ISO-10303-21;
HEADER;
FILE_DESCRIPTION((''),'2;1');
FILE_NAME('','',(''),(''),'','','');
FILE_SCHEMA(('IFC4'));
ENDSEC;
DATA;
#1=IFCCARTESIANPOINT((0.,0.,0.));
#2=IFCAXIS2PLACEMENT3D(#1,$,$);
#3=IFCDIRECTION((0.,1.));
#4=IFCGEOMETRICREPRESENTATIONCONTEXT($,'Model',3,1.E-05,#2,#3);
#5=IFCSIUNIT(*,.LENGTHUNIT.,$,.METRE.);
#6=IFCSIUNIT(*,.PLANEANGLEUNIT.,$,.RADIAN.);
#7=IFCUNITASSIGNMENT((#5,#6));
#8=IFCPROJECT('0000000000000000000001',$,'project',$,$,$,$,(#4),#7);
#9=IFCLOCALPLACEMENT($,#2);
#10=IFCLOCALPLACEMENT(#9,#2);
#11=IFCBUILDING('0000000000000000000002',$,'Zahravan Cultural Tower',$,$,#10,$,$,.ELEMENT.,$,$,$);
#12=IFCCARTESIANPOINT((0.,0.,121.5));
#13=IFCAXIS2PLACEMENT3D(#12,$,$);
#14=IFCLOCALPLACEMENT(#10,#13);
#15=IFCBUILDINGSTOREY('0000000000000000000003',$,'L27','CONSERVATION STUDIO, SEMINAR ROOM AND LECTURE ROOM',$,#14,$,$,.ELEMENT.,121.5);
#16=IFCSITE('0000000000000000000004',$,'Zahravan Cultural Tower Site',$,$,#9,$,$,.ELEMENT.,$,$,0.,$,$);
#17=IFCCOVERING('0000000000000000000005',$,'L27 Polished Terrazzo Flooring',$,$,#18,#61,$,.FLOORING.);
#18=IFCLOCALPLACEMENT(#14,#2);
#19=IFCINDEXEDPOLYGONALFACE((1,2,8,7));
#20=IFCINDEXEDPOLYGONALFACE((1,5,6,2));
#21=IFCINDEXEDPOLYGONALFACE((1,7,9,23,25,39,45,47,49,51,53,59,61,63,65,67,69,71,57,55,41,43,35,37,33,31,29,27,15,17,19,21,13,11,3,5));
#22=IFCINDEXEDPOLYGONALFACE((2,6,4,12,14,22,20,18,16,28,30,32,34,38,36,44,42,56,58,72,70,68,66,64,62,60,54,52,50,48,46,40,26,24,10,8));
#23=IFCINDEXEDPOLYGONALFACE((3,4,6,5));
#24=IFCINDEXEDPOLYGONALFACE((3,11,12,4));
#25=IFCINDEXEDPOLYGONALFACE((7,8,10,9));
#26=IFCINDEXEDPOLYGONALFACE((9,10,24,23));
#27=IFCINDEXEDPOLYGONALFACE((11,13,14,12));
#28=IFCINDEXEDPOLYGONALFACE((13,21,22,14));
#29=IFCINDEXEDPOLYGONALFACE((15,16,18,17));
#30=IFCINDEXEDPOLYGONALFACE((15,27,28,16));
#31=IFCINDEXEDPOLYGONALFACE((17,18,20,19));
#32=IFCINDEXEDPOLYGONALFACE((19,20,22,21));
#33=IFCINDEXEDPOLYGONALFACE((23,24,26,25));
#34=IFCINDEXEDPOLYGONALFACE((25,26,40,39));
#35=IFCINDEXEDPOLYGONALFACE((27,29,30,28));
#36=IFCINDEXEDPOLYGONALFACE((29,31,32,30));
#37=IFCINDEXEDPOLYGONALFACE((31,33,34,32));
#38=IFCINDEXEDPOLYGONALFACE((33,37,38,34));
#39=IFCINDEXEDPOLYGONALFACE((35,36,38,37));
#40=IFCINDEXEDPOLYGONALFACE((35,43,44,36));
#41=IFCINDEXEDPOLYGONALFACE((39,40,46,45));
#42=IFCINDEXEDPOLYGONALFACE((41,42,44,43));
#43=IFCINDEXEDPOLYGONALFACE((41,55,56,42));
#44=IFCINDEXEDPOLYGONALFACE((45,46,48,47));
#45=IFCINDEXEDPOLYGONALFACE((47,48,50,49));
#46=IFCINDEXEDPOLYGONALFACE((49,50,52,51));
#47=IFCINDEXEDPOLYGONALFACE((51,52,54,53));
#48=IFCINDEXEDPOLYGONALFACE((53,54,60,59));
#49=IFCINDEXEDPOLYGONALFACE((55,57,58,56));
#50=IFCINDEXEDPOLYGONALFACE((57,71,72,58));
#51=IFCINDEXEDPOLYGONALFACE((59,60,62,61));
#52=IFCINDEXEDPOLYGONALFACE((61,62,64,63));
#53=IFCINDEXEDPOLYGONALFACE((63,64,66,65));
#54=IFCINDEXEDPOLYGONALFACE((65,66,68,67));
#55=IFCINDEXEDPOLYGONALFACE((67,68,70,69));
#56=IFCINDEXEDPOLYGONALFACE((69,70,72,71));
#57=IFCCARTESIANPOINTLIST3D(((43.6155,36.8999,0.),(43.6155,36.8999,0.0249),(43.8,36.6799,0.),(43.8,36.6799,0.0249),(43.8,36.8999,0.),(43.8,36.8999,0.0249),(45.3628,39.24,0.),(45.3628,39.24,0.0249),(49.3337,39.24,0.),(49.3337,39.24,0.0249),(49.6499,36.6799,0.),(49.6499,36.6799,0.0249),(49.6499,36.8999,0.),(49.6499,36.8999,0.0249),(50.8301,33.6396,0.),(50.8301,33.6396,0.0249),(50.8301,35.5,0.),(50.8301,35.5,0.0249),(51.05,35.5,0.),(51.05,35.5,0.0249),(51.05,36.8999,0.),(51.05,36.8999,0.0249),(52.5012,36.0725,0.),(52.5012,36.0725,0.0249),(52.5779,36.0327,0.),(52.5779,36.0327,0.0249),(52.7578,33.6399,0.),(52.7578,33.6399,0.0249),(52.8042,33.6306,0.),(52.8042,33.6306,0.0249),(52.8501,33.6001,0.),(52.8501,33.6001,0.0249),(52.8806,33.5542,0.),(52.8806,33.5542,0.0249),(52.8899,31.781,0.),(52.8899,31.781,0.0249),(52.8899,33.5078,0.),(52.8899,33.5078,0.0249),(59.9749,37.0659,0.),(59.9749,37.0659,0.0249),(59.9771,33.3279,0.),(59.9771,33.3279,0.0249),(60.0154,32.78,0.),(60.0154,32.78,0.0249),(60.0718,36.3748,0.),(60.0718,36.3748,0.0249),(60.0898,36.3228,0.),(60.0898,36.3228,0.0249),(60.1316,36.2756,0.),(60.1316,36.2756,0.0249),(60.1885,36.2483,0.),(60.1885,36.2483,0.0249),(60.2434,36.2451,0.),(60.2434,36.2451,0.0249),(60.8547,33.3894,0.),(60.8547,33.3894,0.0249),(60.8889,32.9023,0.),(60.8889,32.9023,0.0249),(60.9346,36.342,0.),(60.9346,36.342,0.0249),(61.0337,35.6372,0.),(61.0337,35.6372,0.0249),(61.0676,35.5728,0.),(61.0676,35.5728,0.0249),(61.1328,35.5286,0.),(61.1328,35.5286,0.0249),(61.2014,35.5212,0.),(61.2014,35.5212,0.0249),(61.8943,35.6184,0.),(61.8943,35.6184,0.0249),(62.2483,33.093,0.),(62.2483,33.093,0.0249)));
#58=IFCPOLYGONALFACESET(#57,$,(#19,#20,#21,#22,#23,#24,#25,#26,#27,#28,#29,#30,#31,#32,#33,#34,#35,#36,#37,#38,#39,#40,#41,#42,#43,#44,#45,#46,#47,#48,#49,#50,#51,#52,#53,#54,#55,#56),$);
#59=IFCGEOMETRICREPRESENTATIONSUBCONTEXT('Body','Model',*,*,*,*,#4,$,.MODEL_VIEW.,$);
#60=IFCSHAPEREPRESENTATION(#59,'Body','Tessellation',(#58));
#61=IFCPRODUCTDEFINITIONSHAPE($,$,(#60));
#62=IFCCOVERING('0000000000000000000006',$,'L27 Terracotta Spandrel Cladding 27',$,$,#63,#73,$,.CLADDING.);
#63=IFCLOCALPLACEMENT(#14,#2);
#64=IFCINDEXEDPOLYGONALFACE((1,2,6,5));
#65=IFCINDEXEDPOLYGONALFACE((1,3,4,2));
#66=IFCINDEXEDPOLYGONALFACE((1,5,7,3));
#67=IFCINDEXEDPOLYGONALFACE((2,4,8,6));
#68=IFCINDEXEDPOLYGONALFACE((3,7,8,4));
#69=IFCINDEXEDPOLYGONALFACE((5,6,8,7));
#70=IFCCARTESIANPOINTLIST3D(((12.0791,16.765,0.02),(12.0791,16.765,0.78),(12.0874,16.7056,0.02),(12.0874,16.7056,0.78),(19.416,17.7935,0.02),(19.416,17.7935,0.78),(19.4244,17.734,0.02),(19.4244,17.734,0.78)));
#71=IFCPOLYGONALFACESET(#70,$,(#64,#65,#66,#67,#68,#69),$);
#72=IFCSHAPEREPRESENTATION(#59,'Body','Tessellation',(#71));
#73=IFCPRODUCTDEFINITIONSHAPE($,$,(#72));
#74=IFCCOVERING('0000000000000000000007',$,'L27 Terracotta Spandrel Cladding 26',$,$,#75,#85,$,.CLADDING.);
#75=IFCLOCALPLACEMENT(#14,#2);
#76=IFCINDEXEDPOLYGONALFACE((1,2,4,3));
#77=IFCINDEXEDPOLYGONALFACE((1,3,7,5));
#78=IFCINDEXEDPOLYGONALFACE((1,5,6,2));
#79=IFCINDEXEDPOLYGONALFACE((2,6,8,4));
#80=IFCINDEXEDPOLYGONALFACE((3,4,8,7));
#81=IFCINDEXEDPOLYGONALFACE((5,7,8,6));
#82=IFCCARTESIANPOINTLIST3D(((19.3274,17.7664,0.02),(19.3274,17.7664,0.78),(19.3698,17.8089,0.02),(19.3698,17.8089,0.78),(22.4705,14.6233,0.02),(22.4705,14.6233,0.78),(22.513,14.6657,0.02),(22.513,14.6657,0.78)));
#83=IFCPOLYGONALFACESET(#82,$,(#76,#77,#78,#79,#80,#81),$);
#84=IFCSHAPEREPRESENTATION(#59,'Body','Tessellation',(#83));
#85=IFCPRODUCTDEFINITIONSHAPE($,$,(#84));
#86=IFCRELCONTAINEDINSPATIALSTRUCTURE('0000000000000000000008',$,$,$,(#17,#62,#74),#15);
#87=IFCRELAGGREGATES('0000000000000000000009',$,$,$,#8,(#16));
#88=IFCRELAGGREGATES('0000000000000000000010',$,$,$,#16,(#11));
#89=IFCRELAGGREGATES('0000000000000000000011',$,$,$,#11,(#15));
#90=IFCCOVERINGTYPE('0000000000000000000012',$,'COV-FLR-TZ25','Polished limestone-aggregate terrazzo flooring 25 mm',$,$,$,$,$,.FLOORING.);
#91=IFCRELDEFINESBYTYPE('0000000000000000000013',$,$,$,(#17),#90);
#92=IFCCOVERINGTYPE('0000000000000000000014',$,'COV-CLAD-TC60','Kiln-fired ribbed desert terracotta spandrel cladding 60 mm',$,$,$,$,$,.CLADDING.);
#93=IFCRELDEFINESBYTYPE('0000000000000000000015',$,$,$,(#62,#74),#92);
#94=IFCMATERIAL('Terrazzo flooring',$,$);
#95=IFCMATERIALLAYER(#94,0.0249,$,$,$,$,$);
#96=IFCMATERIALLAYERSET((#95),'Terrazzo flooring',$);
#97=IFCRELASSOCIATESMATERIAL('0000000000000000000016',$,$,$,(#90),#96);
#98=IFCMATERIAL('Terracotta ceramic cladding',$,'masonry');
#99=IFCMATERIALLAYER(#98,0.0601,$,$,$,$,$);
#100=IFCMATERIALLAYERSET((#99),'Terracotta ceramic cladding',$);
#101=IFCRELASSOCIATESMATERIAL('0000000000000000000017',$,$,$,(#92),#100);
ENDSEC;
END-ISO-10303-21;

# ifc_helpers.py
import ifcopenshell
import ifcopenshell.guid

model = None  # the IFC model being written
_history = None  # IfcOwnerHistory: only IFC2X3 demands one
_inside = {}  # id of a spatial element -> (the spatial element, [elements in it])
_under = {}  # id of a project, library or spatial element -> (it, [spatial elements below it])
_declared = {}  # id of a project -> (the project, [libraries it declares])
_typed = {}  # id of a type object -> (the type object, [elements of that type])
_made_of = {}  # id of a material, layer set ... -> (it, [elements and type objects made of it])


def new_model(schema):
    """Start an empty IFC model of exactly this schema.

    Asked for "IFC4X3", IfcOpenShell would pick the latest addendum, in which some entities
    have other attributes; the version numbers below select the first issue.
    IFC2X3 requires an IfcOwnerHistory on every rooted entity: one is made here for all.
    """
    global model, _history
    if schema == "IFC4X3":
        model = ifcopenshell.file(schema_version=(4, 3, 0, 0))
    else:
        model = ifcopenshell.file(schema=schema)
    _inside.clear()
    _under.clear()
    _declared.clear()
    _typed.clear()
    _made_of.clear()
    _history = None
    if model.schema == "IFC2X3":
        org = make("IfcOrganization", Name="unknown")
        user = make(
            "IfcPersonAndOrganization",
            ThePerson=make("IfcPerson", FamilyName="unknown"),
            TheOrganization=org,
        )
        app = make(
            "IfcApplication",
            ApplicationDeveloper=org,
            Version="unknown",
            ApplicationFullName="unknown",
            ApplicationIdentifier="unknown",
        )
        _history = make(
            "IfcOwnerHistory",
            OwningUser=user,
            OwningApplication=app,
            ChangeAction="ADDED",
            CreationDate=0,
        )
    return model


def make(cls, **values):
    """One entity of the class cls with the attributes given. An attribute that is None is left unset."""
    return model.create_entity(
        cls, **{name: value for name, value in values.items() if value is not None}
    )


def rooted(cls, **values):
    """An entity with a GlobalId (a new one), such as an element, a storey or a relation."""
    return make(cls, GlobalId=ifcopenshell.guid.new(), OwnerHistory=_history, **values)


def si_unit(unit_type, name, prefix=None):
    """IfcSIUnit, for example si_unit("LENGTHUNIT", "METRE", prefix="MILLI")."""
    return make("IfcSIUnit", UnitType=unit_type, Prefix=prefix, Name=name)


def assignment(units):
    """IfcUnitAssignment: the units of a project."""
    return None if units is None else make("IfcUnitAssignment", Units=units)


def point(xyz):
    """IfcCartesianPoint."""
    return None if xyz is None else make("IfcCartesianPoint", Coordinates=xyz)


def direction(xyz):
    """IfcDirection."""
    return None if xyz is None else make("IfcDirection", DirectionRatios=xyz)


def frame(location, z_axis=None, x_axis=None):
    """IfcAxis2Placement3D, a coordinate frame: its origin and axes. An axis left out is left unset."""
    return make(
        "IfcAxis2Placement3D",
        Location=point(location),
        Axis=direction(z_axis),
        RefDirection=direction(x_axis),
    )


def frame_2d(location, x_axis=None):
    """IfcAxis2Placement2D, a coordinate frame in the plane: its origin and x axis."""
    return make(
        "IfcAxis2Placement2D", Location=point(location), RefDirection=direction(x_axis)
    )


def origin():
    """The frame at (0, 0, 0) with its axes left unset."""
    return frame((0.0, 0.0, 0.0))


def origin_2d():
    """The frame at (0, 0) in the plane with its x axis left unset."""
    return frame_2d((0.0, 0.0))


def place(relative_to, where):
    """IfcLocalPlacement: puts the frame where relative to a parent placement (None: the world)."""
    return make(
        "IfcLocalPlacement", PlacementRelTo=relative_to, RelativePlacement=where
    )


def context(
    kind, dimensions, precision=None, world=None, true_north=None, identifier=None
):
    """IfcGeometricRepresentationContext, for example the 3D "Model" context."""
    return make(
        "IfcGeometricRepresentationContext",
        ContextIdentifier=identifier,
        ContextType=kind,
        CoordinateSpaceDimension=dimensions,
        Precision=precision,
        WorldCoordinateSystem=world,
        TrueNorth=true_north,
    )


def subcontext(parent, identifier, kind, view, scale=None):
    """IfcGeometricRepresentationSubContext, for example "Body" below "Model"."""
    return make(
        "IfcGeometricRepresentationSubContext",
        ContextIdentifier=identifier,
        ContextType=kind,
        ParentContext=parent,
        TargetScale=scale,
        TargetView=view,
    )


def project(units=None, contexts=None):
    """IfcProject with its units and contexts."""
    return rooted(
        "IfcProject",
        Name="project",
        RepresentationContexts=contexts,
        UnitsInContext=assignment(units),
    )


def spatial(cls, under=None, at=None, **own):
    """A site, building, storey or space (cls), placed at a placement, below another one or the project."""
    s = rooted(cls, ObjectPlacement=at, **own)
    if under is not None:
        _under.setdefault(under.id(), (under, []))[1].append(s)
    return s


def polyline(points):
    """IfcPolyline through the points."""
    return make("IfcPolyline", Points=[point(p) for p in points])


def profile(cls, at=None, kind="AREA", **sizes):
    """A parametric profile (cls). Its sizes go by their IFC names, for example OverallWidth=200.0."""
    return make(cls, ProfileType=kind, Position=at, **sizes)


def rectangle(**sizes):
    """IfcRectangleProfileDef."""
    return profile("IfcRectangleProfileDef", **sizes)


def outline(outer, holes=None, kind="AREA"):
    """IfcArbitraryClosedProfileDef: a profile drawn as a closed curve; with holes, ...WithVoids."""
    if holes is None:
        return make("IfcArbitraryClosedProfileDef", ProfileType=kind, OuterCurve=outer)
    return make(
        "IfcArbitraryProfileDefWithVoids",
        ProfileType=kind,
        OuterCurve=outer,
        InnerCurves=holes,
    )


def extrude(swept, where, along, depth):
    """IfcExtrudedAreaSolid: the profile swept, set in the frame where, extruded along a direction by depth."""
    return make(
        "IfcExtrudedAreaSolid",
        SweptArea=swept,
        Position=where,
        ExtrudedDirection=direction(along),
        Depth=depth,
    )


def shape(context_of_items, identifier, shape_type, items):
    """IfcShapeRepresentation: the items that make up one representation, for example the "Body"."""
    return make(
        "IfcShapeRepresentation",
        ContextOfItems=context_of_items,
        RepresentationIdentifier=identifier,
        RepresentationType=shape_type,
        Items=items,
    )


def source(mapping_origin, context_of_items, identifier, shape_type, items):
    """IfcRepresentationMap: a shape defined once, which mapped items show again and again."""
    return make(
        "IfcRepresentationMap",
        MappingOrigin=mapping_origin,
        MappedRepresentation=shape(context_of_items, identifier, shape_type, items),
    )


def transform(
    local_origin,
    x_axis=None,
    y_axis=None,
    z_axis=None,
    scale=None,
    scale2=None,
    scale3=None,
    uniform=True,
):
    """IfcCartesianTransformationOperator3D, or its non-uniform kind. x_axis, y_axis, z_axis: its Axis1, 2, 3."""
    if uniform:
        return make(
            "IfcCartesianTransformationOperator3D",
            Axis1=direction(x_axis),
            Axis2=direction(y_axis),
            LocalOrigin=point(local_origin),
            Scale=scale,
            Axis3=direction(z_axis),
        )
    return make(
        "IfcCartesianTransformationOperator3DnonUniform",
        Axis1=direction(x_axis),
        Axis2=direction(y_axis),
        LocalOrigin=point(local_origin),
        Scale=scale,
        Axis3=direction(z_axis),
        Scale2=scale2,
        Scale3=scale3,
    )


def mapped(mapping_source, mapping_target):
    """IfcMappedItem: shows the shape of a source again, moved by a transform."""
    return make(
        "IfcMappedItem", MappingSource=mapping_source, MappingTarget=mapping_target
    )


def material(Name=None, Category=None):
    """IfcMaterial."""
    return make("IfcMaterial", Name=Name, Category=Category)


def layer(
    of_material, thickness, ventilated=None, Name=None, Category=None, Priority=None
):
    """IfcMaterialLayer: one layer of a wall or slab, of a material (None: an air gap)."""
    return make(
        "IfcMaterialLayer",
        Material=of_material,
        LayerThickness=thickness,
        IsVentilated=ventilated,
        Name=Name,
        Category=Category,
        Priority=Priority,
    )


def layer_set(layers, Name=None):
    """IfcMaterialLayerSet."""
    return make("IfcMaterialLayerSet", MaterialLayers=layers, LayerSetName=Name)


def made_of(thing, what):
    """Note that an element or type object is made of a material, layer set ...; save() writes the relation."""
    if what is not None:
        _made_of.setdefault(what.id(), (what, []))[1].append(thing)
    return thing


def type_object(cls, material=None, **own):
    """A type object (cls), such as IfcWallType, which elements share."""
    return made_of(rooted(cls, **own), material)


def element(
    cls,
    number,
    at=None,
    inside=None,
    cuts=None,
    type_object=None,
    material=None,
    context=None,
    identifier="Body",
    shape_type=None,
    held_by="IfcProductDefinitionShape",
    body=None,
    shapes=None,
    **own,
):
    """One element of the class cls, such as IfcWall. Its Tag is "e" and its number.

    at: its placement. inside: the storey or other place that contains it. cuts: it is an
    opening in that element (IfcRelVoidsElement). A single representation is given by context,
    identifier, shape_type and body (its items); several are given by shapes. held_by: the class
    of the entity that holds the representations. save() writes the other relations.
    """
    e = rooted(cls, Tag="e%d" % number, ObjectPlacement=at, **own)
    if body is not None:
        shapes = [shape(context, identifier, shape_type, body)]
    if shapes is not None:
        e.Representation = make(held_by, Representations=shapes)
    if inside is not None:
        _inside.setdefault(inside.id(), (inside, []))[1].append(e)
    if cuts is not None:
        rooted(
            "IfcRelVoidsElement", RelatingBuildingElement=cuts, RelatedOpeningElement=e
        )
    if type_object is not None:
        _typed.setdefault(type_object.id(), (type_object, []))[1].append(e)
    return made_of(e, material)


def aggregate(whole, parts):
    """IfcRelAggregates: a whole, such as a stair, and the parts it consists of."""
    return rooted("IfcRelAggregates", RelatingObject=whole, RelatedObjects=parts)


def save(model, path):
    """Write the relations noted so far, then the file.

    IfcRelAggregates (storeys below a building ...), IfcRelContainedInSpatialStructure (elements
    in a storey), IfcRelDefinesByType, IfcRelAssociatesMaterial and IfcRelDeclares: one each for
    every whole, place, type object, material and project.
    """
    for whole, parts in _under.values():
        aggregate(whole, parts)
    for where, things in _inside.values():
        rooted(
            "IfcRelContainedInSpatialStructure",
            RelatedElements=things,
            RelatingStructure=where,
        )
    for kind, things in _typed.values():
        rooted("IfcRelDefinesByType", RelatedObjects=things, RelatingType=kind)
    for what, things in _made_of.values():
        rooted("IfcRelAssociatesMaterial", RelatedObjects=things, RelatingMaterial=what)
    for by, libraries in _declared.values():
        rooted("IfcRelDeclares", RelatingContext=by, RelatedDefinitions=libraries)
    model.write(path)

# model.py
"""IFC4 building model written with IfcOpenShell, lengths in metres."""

from ifc_helpers import new_model, si_unit, direction, frame, origin, origin_2d, place, context, subcontext, project, spatial, polyline, rectangle, outline, extrude, source, transform, mapped, material, layer, layer_set, type_object, element, save


model = new_model("IFC4")

# Units and contexts
model_context = context("Model", 3, precision=1e-05, world=origin(), true_north=direction((0.0, 1.0)))
body_context = subcontext(model_context, "Body", "Model", "MODEL_VIEW")
ifc_project = project(units=[si_unit("LENGTHUNIT", "METRE"), si_unit("PLANEANGLEUNIT", "RADIAN")], contexts=[model_context])

# Site, building, storey
site_placement = place(None, origin())
site = spatial("IfcSite", under=ifc_project, at=site_placement, Name="Zahravan Cultural Tower Site", CompositionType="ELEMENT", RefElevation=0.0)
building_placement = place(site_placement, origin())
building = spatial("IfcBuilding", under=site, at=building_placement, Name="Zahravan Cultural Tower", CompositionType="ELEMENT")
storey_placement = place(building_placement, frame((0.0, 0.0, 121.5)))
storey = spatial("IfcBuildingStorey", under=building, at=storey_placement, Name="L27", Description="CONSERVATION STUDIO, SEMINAR ROOM AND LECTURE ROOM", CompositionType="ELEMENT", Elevation=121.5)

# Coverings
ifc_material_1 = material(Name="Terrazzo flooring")
ifc_layer_1 = layer(ifc_material_1, 0.0249)
ifc_layer_set_1 = layer_set([ifc_layer_1], Name="Terrazzo flooring")
covering_type_1 = type_object("IfcCoveringType", Name="COV-FLR-TZ25", Description="Polished limestone-aggregate terrazzo flooring 25 mm", PredefinedType="FLOORING", material=ifc_layer_set_1)
covering_1_placement = place(storey_placement, origin())
element("IfcCovering", 1, at=covering_1_placement, inside=storey, type_object=covering_type_1, Name="L27 Polished Terrazzo Flooring", PredefinedType="FLOORING", context=body_context, shape_type="SweptSolid", body=[
    extrude(outline(polyline([(52.7578, 33.6399), (52.8042, 33.6306), (52.8501, 33.6001), (52.8806, 33.5542), (52.8899, 33.5078), (52.8899, 31.781), (60.0154, 32.78), (59.9771, 33.3279), (60.8547, 33.3894), (60.8889, 32.9023), (62.2483, 33.093), (61.8943, 35.6184), (61.2014, 35.5212), (61.1328, 35.5286), (61.0676, 35.5728), (61.0337, 35.6372), (60.9346, 36.342), (60.2434, 36.2451), (60.1885, 36.2483), (60.1316, 36.2756), (60.0898, 36.3228), (60.0718, 36.3748), (59.9749, 37.0659), (52.5779, 36.0327), (52.5012, 36.0725), (49.3337, 39.24), (45.3628, 39.24), (43.6155, 36.8999), (43.8, 36.8999), (43.8, 36.6799), (49.6499, 36.6799), (49.6499, 36.8999), (51.05, 36.8999), (51.05, 35.5), (50.8301, 35.5), (50.8301, 33.6396), (52.7578, 33.6399)])), origin(), (0.0, 0.0, 1.0), 0.0249),
])
ifc_material_2 = material(Name="Terracotta ceramic cladding", Category="masonry")
ifc_layer_2 = layer(ifc_material_2, 0.0601)
ifc_layer_set_2 = layer_set([ifc_layer_2], Name="Terracotta ceramic cladding")
covering_type_2 = type_object("IfcCoveringType", Name="COV-CLAD-TC60", Description="Kiln-fired ribbed desert terracotta spandrel cladding 60 mm", PredefinedType="CLADDING", material=ifc_layer_set_2)
shared_shape_1 = source(origin(), body_context, "Body", "SweptSolid", [
    extrude(rectangle(XDim=7.4087, YDim=0.0601, at=origin_2d()), origin(), (0.0, 0.0, 1.0), 0.76),
])
covering_2_placement = place(storey_placement, frame((15.7517, 17.2495, 0.02), z_axis=(0.0, 0.0, 1.0), x_axis=(-0.990319, -0.13881, 0.0)))
element("IfcCovering", 2, at=covering_2_placement, inside=storey, type_object=covering_type_2, Name="L27 Terracotta Spandrel Cladding 27", PredefinedType="CLADDING", context=body_context, shape_type="MappedRepresentation", body=[
    mapped(shared_shape_1, transform((0.0, 0.0, 0.0), x_axis=(1.0, 0.0, 0.0), y_axis=(0.0, 1.0, 0.0), z_axis=(0.0, 0.0, 1.0), scale=1.0)),
])
shared_shape_2 = source(origin(), body_context, "Body", "SweptSolid", [
    extrude(rectangle(XDim=4.4451, YDim=0.0601, at=origin_2d()), origin(), (0.0, 0.0, 1.0), 0.76),
])
covering_3_placement = place(storey_placement, frame((20.9202, 16.2161, 0.02), z_axis=(0.0, 0.0, 1.0), x_axis=(-0.707107, 0.707107, 0.0)))
element("IfcCovering", 3, at=covering_3_placement, inside=storey, type_object=covering_type_2, Name="L27 Terracotta Spandrel Cladding 26", PredefinedType="CLADDING", context=body_context, shape_type="MappedRepresentation", body=[
    mapped(shared_shape_2, transform((0.0, 0.0, 0.0), x_axis=(1.0, 0.0, 0.0), y_axis=(0.0, 1.0, 0.0), z_axis=(0.0, 0.0, 1.0), scale=1.0)),
])

save(model, "model.ifc")
